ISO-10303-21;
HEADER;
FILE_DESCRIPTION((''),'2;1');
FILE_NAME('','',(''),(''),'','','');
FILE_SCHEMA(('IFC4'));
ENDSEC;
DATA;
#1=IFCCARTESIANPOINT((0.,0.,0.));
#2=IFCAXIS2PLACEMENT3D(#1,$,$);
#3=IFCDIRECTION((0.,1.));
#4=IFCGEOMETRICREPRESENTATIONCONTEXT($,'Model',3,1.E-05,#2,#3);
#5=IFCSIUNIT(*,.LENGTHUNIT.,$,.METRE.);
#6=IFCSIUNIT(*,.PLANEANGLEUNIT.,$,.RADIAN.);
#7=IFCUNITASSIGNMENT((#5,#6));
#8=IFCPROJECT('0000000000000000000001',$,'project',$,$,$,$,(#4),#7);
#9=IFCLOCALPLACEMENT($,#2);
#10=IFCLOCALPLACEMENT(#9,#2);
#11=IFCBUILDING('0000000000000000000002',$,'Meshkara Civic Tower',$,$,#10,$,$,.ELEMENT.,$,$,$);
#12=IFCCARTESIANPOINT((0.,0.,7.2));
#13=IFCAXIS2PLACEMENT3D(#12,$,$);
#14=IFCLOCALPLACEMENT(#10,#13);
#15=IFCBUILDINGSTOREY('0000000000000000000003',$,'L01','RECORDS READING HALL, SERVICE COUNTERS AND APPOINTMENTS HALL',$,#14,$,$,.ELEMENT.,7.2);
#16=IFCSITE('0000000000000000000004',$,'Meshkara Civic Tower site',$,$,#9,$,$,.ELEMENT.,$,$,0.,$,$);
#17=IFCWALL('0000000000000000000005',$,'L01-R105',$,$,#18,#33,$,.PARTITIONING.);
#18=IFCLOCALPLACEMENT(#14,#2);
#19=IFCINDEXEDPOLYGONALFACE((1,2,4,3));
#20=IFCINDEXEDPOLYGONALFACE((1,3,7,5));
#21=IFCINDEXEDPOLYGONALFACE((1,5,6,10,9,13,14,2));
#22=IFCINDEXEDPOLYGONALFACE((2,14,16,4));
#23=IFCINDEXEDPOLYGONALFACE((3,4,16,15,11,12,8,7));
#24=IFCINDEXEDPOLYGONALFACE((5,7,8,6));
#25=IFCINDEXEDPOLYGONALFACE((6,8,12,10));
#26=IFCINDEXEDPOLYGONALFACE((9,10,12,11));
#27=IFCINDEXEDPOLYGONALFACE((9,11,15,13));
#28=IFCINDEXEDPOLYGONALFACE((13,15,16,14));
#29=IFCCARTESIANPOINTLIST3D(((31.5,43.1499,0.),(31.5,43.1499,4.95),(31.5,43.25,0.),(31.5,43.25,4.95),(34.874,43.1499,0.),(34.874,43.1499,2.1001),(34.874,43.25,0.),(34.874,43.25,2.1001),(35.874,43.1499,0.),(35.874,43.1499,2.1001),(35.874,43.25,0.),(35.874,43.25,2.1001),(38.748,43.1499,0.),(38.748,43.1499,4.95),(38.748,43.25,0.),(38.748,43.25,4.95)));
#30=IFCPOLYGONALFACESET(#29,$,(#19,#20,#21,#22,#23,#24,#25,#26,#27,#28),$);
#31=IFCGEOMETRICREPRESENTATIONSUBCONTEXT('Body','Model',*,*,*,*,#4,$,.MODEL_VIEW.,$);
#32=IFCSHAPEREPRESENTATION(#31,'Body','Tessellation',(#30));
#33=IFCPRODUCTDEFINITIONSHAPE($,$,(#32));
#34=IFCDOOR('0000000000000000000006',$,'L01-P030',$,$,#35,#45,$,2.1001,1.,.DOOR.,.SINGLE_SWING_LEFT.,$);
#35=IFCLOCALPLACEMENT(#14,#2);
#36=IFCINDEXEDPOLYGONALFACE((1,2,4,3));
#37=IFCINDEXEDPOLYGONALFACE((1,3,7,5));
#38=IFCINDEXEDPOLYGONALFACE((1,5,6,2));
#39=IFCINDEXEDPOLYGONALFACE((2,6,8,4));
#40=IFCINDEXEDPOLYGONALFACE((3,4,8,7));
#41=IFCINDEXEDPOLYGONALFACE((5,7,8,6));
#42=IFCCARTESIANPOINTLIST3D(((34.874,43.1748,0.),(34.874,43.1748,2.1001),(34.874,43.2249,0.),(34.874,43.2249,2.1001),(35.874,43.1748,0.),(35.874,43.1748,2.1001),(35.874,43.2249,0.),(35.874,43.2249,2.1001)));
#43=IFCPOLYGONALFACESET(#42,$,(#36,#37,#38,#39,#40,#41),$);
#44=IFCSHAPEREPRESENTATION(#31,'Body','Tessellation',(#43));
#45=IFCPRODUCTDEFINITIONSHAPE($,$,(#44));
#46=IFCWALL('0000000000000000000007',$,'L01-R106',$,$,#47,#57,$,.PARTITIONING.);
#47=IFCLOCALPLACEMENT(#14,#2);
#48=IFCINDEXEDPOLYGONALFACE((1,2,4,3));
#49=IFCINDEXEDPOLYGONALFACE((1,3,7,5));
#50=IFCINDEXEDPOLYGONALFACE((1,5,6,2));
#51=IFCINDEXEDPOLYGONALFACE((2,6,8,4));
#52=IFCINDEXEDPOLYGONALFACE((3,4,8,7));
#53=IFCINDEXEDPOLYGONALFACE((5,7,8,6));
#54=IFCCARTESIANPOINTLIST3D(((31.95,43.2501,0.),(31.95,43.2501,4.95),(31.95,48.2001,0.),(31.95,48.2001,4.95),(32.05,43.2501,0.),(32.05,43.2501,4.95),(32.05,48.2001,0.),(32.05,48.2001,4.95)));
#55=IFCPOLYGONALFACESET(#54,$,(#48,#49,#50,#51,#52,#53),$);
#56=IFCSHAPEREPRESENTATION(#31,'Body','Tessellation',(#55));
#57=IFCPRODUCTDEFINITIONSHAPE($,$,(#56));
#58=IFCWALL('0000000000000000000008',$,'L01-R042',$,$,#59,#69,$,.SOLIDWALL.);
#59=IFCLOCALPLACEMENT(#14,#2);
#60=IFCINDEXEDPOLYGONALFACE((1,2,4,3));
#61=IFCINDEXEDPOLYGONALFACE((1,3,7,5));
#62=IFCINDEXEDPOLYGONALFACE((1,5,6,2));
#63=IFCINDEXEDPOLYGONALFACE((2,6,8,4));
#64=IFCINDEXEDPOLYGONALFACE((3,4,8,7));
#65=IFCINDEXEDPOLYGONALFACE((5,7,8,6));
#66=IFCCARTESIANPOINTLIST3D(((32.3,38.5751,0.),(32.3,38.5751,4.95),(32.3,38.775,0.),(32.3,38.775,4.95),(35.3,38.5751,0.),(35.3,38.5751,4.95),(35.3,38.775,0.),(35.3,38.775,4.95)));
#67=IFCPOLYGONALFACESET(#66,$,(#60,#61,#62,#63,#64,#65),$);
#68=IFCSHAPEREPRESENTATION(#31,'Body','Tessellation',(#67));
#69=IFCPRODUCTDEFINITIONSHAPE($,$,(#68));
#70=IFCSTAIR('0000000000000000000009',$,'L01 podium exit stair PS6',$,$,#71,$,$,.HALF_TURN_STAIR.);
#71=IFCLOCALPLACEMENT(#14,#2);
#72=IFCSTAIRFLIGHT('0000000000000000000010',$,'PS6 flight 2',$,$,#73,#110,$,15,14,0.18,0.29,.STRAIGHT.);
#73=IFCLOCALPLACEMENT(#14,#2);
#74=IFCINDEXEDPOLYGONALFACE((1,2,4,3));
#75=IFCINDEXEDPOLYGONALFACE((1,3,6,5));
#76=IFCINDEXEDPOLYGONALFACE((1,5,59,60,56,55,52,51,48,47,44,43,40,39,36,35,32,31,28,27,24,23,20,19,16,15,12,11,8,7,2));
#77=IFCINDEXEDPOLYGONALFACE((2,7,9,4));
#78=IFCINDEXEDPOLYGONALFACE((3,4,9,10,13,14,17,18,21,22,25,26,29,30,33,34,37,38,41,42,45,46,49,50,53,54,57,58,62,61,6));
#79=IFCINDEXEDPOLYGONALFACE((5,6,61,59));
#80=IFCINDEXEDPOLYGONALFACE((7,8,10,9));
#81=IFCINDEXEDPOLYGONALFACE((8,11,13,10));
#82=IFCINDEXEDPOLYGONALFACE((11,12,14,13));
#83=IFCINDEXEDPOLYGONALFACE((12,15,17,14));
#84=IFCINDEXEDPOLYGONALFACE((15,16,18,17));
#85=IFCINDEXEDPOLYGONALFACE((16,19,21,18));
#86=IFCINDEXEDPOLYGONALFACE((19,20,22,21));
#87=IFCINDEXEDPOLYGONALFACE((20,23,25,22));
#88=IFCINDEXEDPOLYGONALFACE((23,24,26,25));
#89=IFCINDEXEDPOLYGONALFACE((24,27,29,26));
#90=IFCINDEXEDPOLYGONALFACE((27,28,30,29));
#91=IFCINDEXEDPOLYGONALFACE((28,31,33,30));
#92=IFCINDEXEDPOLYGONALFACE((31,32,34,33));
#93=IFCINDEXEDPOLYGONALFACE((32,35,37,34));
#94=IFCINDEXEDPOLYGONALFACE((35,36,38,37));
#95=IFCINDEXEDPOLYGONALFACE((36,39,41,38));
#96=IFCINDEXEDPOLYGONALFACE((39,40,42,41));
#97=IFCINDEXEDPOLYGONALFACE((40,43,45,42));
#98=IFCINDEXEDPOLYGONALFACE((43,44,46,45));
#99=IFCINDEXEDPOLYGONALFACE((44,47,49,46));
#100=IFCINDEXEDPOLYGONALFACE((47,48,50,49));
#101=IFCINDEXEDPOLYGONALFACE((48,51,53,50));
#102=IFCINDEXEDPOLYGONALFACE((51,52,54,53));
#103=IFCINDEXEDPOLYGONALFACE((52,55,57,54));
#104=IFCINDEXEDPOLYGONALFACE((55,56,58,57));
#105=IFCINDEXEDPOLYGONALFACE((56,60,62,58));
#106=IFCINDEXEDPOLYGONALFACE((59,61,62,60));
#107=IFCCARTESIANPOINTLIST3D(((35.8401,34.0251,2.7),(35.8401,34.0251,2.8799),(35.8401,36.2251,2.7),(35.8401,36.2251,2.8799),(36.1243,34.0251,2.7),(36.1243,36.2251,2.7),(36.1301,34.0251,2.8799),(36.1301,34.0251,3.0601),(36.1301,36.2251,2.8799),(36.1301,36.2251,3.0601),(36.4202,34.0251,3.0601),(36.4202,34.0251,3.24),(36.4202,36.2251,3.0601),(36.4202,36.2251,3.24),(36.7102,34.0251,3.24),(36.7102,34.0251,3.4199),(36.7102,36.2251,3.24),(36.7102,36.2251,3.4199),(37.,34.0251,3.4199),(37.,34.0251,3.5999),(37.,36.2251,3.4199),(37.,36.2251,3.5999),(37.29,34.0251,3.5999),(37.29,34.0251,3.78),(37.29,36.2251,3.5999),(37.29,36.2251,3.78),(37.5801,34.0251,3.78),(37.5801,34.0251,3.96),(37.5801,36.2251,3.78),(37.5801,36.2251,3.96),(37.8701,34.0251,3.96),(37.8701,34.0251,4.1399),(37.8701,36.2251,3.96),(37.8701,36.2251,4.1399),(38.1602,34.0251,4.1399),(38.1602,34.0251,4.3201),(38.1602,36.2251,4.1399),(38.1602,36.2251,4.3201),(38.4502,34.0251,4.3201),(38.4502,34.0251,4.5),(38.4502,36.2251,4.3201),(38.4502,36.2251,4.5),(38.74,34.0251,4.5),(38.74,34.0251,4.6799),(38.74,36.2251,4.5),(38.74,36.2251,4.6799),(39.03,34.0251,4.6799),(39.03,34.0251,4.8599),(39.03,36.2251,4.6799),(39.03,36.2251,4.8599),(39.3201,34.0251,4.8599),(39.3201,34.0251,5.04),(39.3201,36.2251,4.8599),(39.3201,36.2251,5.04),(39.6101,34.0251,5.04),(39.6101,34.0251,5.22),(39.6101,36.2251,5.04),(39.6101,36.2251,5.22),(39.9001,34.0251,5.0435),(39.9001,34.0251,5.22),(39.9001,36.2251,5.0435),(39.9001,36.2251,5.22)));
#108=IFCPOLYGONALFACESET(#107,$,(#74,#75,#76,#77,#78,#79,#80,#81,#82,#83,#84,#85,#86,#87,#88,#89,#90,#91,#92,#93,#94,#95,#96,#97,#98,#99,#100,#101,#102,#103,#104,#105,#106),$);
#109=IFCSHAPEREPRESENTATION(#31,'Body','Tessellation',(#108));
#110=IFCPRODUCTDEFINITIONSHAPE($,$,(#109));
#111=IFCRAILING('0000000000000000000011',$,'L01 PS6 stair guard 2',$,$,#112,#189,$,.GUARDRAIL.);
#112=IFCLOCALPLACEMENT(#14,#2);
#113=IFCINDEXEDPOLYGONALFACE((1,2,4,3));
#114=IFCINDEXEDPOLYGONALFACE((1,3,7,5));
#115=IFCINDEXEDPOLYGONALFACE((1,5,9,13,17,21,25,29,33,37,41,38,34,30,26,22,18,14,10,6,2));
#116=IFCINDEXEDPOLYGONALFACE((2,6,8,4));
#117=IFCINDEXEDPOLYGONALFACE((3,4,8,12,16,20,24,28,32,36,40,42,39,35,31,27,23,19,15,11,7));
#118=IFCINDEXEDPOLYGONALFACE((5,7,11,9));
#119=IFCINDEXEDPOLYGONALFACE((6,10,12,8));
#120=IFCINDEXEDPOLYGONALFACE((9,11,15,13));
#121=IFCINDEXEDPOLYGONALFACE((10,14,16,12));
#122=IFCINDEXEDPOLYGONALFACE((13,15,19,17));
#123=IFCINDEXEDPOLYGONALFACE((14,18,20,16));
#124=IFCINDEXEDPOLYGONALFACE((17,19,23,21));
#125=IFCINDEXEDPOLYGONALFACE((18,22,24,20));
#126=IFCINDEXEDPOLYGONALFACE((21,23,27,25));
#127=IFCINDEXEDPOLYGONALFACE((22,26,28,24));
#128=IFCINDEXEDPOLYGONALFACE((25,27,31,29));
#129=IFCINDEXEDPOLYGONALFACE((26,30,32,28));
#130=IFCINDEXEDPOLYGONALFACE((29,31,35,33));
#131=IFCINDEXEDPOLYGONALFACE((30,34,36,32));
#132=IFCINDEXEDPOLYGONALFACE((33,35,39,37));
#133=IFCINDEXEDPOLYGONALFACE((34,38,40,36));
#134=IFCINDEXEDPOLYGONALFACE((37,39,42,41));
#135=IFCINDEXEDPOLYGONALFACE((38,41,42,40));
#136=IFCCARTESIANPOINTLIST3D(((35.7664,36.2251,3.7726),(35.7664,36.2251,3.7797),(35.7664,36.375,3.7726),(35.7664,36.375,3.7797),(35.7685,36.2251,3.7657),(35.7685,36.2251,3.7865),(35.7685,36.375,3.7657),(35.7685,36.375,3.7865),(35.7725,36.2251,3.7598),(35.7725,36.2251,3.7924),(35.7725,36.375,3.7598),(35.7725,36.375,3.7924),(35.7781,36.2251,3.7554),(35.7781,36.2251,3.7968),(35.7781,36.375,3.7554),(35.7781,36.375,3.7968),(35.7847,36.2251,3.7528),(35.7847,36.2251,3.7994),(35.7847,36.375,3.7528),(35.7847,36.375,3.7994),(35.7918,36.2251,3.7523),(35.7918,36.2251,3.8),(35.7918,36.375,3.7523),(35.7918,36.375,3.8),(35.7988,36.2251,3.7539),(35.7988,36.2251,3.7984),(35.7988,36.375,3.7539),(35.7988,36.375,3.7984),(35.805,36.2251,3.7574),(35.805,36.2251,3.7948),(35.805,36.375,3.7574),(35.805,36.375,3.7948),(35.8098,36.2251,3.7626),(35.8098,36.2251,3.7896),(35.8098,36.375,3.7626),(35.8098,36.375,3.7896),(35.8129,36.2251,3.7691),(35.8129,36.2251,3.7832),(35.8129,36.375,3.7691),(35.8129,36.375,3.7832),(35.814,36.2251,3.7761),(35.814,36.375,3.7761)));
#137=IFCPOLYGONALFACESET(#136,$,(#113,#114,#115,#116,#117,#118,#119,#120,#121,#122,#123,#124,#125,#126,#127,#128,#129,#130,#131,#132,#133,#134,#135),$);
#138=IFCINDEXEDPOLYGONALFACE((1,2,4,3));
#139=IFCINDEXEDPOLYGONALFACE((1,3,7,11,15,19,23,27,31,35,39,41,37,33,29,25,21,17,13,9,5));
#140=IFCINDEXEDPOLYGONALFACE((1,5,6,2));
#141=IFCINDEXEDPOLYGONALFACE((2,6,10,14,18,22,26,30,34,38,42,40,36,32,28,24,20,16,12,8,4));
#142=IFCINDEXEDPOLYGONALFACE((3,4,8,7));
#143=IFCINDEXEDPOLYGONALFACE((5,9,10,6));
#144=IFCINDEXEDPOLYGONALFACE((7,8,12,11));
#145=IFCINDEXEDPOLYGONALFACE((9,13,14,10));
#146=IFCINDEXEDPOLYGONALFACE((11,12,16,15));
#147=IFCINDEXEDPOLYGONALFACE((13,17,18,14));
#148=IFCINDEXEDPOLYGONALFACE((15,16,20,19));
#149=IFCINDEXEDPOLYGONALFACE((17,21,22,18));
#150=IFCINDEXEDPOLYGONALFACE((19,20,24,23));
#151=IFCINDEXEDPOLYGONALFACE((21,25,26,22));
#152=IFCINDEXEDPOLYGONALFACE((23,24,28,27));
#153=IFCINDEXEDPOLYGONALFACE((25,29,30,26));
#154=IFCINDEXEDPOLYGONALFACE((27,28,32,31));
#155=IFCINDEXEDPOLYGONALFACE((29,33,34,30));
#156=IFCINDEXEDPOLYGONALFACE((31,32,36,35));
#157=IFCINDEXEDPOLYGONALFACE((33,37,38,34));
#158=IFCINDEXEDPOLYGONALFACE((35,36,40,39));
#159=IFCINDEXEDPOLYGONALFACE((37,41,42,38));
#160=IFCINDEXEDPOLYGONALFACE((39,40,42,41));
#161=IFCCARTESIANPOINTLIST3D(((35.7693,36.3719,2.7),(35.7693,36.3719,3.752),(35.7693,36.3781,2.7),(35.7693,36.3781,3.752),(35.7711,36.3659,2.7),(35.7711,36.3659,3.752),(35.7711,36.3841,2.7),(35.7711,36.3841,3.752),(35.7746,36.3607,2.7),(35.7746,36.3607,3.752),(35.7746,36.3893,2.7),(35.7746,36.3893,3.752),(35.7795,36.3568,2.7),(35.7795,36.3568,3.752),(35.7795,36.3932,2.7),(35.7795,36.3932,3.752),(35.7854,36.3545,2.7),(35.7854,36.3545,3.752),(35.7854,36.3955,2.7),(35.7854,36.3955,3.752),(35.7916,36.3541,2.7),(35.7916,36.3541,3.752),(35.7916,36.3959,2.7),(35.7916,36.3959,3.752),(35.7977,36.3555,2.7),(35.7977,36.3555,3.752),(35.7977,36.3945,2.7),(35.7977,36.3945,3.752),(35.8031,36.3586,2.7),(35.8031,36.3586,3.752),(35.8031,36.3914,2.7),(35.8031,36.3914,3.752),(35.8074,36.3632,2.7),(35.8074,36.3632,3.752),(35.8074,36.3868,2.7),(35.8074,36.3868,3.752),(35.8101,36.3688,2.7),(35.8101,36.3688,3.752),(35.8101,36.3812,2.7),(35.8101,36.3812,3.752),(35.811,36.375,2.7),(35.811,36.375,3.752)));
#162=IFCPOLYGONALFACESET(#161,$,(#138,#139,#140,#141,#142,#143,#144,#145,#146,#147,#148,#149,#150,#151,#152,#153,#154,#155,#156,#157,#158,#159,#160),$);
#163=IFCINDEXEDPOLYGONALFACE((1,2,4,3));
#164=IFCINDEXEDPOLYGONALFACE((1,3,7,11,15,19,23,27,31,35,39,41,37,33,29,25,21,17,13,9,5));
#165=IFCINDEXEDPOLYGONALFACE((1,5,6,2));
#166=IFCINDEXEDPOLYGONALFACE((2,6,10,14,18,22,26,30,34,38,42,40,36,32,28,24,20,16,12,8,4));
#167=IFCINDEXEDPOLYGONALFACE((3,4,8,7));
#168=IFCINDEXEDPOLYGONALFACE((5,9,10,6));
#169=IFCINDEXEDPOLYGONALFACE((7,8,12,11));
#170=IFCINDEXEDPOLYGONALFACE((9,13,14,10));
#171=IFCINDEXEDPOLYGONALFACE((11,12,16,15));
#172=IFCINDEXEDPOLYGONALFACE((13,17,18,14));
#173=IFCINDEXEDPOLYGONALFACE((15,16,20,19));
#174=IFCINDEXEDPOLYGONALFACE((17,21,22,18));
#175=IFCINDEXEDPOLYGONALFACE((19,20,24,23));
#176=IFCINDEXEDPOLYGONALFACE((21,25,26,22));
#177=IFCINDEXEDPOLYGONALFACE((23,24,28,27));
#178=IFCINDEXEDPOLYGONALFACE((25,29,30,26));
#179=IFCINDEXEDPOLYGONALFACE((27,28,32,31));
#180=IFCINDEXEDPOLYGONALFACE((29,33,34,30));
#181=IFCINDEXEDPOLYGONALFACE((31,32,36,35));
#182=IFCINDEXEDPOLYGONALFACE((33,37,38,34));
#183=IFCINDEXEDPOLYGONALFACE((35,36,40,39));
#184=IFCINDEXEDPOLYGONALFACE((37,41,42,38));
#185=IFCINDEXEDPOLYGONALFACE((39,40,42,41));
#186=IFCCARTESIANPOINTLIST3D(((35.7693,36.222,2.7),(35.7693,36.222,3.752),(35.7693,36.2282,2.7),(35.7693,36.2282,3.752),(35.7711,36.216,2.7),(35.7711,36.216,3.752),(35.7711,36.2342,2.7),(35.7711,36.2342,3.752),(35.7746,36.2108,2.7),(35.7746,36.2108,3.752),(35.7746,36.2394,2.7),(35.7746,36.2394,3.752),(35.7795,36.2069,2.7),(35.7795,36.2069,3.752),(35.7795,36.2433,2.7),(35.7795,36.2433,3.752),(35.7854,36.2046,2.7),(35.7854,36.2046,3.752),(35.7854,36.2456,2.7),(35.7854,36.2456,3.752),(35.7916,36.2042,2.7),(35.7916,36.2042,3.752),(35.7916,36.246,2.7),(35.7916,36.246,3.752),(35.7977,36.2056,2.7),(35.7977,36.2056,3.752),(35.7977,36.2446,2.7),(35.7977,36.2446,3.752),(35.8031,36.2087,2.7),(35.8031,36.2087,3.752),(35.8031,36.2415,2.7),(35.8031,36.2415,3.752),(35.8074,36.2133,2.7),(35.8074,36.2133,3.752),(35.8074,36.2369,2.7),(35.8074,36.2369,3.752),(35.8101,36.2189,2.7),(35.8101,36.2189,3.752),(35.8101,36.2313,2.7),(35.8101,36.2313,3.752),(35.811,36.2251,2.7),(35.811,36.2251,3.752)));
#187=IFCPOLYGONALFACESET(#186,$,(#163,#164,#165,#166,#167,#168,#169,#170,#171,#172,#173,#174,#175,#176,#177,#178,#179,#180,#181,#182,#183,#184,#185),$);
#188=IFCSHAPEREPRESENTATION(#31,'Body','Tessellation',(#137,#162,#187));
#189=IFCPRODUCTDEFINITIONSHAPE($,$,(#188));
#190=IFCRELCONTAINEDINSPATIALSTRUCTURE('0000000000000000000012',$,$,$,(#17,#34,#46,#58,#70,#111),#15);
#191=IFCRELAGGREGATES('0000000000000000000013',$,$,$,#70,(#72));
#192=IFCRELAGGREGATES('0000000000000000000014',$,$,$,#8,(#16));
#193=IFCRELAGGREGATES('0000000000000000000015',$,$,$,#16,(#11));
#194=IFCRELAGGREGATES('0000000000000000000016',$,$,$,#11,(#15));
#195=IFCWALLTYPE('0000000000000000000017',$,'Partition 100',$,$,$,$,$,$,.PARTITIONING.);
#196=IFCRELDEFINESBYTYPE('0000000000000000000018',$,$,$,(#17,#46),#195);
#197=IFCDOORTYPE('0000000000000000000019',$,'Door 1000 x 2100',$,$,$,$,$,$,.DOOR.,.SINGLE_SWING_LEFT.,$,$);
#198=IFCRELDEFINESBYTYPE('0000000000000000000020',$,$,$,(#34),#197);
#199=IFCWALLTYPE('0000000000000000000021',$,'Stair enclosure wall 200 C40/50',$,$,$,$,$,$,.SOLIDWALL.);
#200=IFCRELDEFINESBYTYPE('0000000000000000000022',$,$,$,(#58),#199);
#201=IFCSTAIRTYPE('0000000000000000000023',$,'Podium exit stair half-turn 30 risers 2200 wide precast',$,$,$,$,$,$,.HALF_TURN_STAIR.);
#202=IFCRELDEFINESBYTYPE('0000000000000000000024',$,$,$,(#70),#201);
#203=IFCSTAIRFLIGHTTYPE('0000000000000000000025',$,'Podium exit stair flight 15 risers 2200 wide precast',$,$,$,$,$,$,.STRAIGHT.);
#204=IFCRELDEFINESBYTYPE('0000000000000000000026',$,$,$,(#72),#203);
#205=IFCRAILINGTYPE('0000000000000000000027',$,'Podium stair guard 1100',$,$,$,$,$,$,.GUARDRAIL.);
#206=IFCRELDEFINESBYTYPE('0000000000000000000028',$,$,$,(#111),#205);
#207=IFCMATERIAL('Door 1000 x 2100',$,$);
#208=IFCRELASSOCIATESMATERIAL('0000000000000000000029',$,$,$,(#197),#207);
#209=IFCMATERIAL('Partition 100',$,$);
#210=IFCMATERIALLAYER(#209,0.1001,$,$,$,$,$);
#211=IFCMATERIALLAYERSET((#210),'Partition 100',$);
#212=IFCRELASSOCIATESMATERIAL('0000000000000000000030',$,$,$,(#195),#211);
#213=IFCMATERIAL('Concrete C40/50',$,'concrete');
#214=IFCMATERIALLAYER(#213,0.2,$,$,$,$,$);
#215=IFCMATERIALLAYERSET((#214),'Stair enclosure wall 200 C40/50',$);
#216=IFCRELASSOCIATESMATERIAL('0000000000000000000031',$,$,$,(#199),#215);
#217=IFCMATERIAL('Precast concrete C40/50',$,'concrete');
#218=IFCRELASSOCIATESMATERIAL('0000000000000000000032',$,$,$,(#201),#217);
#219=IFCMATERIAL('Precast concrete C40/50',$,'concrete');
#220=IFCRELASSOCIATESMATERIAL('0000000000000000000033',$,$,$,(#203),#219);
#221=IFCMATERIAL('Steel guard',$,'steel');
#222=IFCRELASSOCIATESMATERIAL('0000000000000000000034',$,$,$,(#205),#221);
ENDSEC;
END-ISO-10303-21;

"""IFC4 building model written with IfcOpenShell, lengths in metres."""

from ifc_helpers import new_model, si_unit, direction, frame, frame_2d, origin, origin_2d, place, context, subcontext, project, spatial, polyline, rectangle, circle, outline, extrude, material, layer, layer_set, type_object, element, fill, aggregate, save


model = new_model("IFC4")

# Units and contexts
model_context = context("Model", 3, precision=1e-05, world=origin(), true_north=direction((0.0, 1.0)))
body_context = subcontext(model_context, "Body", "Model", "MODEL_VIEW")
ifc_project = project(units=[si_unit("LENGTHUNIT", "METRE"), si_unit("PLANEANGLEUNIT", "RADIAN")], contexts=[model_context])

# Site, building, storey
site_placement = place(None, origin())
site = spatial("IfcSite", under=ifc_project, at=site_placement, Name="Meshkara Civic Tower site", CompositionType="ELEMENT", RefElevation=0.0)
building_placement = place(site_placement, origin())
building = spatial("IfcBuilding", under=site, at=building_placement, Name="Meshkara Civic Tower", CompositionType="ELEMENT")
storey_placement = place(building_placement, frame((0.0, 0.0, 7.2)))
storey = spatial("IfcBuildingStorey", under=building, at=storey_placement, Name="L01", Description="RECORDS READING HALL, SERVICE COUNTERS AND APPOINTMENTS HALL", CompositionType="ELEMENT", Elevation=7.2)

# Shared definitions
ifc_material_1 = material(Name="Door 1000 x 2100")
door_type_1 = type_object("IfcDoorType", Name="Door 1000 x 2100", OperationType="SINGLE_SWING_LEFT", PredefinedType="DOOR", material=ifc_material_1)

# Shared definitions
ifc_material_2 = material(Name="Partition 100")
ifc_layer_1 = layer(ifc_material_2, 0.1001)
ifc_layer_set_1 = layer_set([ifc_layer_1], Name="Partition 100")
wall_type_1 = type_object("IfcWallType", Name="Partition 100", PredefinedType="PARTITIONING", material=ifc_layer_set_1)

# Wall, opening, door
wall_1_placement = place(storey_placement, frame((31.5, 43.2, 0.0), z_axis=(0.0, 0.0, 1.0), x_axis=(1.0, 0.0, 0.0)))
wall_1 = element("IfcWall", 1, at=wall_1_placement, inside=storey, type_object=wall_type_1, Name="L01-R105", PredefinedType="PARTITIONING", context=body_context, shape_type="SweptSolid", body=[
    extrude(rectangle(XDim=7.248, YDim=0.1001, at=frame_2d((3.624, 0.0))), origin(), (0.0, 0.0, 1.0), 4.95),
])
opening_1_placement = place(wall_1_placement, frame((3.374, 0.0, 0.0)))
opening_1 = element("IfcOpeningElement", 2, at=opening_1_placement, cuts=wall_1, PredefinedType="OPENING", context=body_context, shape_type="SweptSolid", body=[
    extrude(rectangle(XDim=1.0, YDim=2.1001, at=frame_2d((0.5, 1.05))), frame((0.0, 0.0601, 0.0), z_axis=(0.0, -1.0, 0.0), x_axis=(1.0, 0.0, 0.0)), (0.0, 0.0, 1.0), 0.1201),
])
door_1_placement = place(opening_1_placement, origin())
door_1 = element("IfcDoor", 3, at=door_1_placement, inside=storey, type_object=door_type_1, Name="L01-P030", OperationType="SINGLE_SWING_LEFT", OverallHeight=2.1001, OverallWidth=1.0, PredefinedType="DOOR", context=body_context, shape_type="SweptSolid", body=[
    extrude(rectangle(XDim=1.0, YDim=2.1001, at=frame_2d((0.5, 1.05))), frame((0.0, 0.0249, 0.0), z_axis=(0.0, -1.0, 0.0), x_axis=(1.0, 0.0, 0.0)), (0.0, 0.0, 1.0), 0.05),
])
fill(opening_1, door_1)

# Walls
wall_2_placement = place(storey_placement, frame((32.0, 43.25, 0.0), z_axis=(0.0, 0.0, 1.0), x_axis=(0.0, 1.0, 0.0)))
element("IfcWall", 4, at=wall_2_placement, inside=storey, type_object=wall_type_1, Name="L01-R106", PredefinedType="PARTITIONING", context=body_context, shape_type="SweptSolid", body=[
    extrude(rectangle(XDim=4.95, YDim=0.1001, at=frame_2d((2.4751, 0.0))), origin(), (0.0, 0.0, 1.0), 4.95),
])
ifc_material_3 = material(Name="Concrete C40/50", Category="concrete")
ifc_layer_2 = layer(ifc_material_3, 0.2)
ifc_layer_set_2 = layer_set([ifc_layer_2], Name="Stair enclosure wall 200 C40/50")
wall_type_2 = type_object("IfcWallType", Name="Stair enclosure wall 200 C40/50", PredefinedType="SOLIDWALL", material=ifc_layer_set_2)
wall_3_placement = place(storey_placement, frame((32.3, 38.675, 0.0), z_axis=(0.0, 0.0, 1.0), x_axis=(1.0, 0.0, 0.0)))
element("IfcWall", 5, at=wall_3_placement, inside=storey, type_object=wall_type_2, Name="L01-R042", PredefinedType="SOLIDWALL", context=body_context, shape_type="SweptSolid", body=[
    extrude(rectangle(XDim=3.0, YDim=0.2, at=frame_2d((1.5, 0.0))), origin(), (0.0, 0.0, 1.0), 4.95),
])

# Stair, stair flight
ifc_material_4 = material(Name="Precast concrete C40/50", Category="concrete")
stair_type = type_object("IfcStairType", Name="Podium exit stair half-turn 30 risers 2200 wide precast", PredefinedType="HALF_TURN_STAIR", material=ifc_material_4)
stair_placement = place(storey_placement, origin())
stair = element("IfcStair", 6, at=stair_placement, inside=storey, type_object=stair_type, Name="L01 podium exit stair PS6", PredefinedType="HALF_TURN_STAIR")
ifc_material_5 = material(Name="Precast concrete C40/50", Category="concrete")
stair_flight_type = type_object("IfcStairFlightType", Name="Podium exit stair flight 15 risers 2200 wide precast", PredefinedType="STRAIGHT", material=ifc_material_5)
stair_flight_placement = place(storey_placement, frame((35.8401, 35.125, 2.7), z_axis=(0.0, 0.0, 1.0), x_axis=(1.0, 0.0, 0.0)))
stair_flight = element("IfcStairFlight", 7, at=stair_flight_placement, type_object=stair_flight_type, Name="PS6 flight 2", NumberOfRisers=15, NumberOfTreads=14, PredefinedType="STRAIGHT", RiserHeight=0.18, TreadLength=0.29, context=body_context, shape_type="SweptSolid", body=[
    extrude(outline(polyline([(0.0, 0.0), (0.0, 0.1799), (0.29, 0.1799), (0.29, 0.3601), (0.5801, 0.3601), (0.5801, 0.54), (0.8701, 0.54), (0.8701, 0.72), (1.1599, 0.72), (1.1599, 0.8999), (1.45, 0.8999), (1.45, 1.0801), (1.74, 1.0801), (1.74, 1.26), (2.03, 1.26), (2.03, 1.4399), (2.3201, 1.4399), (2.3201, 1.6201), (2.6101, 1.6201), (2.6101, 1.8), (2.8999, 1.8), (2.8999, 1.98), (3.1899, 1.98), (3.1899, 2.1599), (3.48, 2.1599), (3.48, 2.3401), (3.77, 2.3401), (3.77, 2.52), (4.0601, 2.52), (4.0601, 2.7), (4.0601, 2.3435), (0.2842, 0.0), (0.0, 0.0)])), frame((0.0, 1.1001, 0.0), z_axis=(0.0, -1.0, 0.0), x_axis=(1.0, 0.0, 0.0)), (0.0, 0.0, 1.0), 2.2),
])
aggregate(stair, [stair_flight])

# Railing
ifc_material_6 = material(Name="Steel guard", Category="steel")
railing_type = type_object("IfcRailingType", Name="Podium stair guard 1100", PredefinedType="GUARDRAIL", material=ifc_material_6)
railing_1_placement = place(storey_placement, frame((35.79, 36.375, 2.7)))
element("IfcRailing", 8, at=railing_1_placement, inside=storey, type_object=railing_type, Name="L01 PS6 stair guard 2", PredefinedType="GUARDRAIL", context=body_context, shape_type="SweptSolid", body=[
    extrude(circle(Radius=0.0239, at=origin_2d()), frame((0.0, 0.0, 1.0762), z_axis=(0.0, -1.0, 0.0), x_axis=(1.0, 0.0, 0.0)), (0.0, 0.0, 1.0), 0.1499),
    extrude(circle(Radius=0.021, at=origin_2d()), origin(), (0.0, 0.0, 1.0), 1.052),
    extrude(circle(Radius=0.021, at=origin_2d()), frame((0.0, -0.1499, 0.0)), (0.0, 0.0, 1.0), 1.052),
])

save(model, "model.ifc")
